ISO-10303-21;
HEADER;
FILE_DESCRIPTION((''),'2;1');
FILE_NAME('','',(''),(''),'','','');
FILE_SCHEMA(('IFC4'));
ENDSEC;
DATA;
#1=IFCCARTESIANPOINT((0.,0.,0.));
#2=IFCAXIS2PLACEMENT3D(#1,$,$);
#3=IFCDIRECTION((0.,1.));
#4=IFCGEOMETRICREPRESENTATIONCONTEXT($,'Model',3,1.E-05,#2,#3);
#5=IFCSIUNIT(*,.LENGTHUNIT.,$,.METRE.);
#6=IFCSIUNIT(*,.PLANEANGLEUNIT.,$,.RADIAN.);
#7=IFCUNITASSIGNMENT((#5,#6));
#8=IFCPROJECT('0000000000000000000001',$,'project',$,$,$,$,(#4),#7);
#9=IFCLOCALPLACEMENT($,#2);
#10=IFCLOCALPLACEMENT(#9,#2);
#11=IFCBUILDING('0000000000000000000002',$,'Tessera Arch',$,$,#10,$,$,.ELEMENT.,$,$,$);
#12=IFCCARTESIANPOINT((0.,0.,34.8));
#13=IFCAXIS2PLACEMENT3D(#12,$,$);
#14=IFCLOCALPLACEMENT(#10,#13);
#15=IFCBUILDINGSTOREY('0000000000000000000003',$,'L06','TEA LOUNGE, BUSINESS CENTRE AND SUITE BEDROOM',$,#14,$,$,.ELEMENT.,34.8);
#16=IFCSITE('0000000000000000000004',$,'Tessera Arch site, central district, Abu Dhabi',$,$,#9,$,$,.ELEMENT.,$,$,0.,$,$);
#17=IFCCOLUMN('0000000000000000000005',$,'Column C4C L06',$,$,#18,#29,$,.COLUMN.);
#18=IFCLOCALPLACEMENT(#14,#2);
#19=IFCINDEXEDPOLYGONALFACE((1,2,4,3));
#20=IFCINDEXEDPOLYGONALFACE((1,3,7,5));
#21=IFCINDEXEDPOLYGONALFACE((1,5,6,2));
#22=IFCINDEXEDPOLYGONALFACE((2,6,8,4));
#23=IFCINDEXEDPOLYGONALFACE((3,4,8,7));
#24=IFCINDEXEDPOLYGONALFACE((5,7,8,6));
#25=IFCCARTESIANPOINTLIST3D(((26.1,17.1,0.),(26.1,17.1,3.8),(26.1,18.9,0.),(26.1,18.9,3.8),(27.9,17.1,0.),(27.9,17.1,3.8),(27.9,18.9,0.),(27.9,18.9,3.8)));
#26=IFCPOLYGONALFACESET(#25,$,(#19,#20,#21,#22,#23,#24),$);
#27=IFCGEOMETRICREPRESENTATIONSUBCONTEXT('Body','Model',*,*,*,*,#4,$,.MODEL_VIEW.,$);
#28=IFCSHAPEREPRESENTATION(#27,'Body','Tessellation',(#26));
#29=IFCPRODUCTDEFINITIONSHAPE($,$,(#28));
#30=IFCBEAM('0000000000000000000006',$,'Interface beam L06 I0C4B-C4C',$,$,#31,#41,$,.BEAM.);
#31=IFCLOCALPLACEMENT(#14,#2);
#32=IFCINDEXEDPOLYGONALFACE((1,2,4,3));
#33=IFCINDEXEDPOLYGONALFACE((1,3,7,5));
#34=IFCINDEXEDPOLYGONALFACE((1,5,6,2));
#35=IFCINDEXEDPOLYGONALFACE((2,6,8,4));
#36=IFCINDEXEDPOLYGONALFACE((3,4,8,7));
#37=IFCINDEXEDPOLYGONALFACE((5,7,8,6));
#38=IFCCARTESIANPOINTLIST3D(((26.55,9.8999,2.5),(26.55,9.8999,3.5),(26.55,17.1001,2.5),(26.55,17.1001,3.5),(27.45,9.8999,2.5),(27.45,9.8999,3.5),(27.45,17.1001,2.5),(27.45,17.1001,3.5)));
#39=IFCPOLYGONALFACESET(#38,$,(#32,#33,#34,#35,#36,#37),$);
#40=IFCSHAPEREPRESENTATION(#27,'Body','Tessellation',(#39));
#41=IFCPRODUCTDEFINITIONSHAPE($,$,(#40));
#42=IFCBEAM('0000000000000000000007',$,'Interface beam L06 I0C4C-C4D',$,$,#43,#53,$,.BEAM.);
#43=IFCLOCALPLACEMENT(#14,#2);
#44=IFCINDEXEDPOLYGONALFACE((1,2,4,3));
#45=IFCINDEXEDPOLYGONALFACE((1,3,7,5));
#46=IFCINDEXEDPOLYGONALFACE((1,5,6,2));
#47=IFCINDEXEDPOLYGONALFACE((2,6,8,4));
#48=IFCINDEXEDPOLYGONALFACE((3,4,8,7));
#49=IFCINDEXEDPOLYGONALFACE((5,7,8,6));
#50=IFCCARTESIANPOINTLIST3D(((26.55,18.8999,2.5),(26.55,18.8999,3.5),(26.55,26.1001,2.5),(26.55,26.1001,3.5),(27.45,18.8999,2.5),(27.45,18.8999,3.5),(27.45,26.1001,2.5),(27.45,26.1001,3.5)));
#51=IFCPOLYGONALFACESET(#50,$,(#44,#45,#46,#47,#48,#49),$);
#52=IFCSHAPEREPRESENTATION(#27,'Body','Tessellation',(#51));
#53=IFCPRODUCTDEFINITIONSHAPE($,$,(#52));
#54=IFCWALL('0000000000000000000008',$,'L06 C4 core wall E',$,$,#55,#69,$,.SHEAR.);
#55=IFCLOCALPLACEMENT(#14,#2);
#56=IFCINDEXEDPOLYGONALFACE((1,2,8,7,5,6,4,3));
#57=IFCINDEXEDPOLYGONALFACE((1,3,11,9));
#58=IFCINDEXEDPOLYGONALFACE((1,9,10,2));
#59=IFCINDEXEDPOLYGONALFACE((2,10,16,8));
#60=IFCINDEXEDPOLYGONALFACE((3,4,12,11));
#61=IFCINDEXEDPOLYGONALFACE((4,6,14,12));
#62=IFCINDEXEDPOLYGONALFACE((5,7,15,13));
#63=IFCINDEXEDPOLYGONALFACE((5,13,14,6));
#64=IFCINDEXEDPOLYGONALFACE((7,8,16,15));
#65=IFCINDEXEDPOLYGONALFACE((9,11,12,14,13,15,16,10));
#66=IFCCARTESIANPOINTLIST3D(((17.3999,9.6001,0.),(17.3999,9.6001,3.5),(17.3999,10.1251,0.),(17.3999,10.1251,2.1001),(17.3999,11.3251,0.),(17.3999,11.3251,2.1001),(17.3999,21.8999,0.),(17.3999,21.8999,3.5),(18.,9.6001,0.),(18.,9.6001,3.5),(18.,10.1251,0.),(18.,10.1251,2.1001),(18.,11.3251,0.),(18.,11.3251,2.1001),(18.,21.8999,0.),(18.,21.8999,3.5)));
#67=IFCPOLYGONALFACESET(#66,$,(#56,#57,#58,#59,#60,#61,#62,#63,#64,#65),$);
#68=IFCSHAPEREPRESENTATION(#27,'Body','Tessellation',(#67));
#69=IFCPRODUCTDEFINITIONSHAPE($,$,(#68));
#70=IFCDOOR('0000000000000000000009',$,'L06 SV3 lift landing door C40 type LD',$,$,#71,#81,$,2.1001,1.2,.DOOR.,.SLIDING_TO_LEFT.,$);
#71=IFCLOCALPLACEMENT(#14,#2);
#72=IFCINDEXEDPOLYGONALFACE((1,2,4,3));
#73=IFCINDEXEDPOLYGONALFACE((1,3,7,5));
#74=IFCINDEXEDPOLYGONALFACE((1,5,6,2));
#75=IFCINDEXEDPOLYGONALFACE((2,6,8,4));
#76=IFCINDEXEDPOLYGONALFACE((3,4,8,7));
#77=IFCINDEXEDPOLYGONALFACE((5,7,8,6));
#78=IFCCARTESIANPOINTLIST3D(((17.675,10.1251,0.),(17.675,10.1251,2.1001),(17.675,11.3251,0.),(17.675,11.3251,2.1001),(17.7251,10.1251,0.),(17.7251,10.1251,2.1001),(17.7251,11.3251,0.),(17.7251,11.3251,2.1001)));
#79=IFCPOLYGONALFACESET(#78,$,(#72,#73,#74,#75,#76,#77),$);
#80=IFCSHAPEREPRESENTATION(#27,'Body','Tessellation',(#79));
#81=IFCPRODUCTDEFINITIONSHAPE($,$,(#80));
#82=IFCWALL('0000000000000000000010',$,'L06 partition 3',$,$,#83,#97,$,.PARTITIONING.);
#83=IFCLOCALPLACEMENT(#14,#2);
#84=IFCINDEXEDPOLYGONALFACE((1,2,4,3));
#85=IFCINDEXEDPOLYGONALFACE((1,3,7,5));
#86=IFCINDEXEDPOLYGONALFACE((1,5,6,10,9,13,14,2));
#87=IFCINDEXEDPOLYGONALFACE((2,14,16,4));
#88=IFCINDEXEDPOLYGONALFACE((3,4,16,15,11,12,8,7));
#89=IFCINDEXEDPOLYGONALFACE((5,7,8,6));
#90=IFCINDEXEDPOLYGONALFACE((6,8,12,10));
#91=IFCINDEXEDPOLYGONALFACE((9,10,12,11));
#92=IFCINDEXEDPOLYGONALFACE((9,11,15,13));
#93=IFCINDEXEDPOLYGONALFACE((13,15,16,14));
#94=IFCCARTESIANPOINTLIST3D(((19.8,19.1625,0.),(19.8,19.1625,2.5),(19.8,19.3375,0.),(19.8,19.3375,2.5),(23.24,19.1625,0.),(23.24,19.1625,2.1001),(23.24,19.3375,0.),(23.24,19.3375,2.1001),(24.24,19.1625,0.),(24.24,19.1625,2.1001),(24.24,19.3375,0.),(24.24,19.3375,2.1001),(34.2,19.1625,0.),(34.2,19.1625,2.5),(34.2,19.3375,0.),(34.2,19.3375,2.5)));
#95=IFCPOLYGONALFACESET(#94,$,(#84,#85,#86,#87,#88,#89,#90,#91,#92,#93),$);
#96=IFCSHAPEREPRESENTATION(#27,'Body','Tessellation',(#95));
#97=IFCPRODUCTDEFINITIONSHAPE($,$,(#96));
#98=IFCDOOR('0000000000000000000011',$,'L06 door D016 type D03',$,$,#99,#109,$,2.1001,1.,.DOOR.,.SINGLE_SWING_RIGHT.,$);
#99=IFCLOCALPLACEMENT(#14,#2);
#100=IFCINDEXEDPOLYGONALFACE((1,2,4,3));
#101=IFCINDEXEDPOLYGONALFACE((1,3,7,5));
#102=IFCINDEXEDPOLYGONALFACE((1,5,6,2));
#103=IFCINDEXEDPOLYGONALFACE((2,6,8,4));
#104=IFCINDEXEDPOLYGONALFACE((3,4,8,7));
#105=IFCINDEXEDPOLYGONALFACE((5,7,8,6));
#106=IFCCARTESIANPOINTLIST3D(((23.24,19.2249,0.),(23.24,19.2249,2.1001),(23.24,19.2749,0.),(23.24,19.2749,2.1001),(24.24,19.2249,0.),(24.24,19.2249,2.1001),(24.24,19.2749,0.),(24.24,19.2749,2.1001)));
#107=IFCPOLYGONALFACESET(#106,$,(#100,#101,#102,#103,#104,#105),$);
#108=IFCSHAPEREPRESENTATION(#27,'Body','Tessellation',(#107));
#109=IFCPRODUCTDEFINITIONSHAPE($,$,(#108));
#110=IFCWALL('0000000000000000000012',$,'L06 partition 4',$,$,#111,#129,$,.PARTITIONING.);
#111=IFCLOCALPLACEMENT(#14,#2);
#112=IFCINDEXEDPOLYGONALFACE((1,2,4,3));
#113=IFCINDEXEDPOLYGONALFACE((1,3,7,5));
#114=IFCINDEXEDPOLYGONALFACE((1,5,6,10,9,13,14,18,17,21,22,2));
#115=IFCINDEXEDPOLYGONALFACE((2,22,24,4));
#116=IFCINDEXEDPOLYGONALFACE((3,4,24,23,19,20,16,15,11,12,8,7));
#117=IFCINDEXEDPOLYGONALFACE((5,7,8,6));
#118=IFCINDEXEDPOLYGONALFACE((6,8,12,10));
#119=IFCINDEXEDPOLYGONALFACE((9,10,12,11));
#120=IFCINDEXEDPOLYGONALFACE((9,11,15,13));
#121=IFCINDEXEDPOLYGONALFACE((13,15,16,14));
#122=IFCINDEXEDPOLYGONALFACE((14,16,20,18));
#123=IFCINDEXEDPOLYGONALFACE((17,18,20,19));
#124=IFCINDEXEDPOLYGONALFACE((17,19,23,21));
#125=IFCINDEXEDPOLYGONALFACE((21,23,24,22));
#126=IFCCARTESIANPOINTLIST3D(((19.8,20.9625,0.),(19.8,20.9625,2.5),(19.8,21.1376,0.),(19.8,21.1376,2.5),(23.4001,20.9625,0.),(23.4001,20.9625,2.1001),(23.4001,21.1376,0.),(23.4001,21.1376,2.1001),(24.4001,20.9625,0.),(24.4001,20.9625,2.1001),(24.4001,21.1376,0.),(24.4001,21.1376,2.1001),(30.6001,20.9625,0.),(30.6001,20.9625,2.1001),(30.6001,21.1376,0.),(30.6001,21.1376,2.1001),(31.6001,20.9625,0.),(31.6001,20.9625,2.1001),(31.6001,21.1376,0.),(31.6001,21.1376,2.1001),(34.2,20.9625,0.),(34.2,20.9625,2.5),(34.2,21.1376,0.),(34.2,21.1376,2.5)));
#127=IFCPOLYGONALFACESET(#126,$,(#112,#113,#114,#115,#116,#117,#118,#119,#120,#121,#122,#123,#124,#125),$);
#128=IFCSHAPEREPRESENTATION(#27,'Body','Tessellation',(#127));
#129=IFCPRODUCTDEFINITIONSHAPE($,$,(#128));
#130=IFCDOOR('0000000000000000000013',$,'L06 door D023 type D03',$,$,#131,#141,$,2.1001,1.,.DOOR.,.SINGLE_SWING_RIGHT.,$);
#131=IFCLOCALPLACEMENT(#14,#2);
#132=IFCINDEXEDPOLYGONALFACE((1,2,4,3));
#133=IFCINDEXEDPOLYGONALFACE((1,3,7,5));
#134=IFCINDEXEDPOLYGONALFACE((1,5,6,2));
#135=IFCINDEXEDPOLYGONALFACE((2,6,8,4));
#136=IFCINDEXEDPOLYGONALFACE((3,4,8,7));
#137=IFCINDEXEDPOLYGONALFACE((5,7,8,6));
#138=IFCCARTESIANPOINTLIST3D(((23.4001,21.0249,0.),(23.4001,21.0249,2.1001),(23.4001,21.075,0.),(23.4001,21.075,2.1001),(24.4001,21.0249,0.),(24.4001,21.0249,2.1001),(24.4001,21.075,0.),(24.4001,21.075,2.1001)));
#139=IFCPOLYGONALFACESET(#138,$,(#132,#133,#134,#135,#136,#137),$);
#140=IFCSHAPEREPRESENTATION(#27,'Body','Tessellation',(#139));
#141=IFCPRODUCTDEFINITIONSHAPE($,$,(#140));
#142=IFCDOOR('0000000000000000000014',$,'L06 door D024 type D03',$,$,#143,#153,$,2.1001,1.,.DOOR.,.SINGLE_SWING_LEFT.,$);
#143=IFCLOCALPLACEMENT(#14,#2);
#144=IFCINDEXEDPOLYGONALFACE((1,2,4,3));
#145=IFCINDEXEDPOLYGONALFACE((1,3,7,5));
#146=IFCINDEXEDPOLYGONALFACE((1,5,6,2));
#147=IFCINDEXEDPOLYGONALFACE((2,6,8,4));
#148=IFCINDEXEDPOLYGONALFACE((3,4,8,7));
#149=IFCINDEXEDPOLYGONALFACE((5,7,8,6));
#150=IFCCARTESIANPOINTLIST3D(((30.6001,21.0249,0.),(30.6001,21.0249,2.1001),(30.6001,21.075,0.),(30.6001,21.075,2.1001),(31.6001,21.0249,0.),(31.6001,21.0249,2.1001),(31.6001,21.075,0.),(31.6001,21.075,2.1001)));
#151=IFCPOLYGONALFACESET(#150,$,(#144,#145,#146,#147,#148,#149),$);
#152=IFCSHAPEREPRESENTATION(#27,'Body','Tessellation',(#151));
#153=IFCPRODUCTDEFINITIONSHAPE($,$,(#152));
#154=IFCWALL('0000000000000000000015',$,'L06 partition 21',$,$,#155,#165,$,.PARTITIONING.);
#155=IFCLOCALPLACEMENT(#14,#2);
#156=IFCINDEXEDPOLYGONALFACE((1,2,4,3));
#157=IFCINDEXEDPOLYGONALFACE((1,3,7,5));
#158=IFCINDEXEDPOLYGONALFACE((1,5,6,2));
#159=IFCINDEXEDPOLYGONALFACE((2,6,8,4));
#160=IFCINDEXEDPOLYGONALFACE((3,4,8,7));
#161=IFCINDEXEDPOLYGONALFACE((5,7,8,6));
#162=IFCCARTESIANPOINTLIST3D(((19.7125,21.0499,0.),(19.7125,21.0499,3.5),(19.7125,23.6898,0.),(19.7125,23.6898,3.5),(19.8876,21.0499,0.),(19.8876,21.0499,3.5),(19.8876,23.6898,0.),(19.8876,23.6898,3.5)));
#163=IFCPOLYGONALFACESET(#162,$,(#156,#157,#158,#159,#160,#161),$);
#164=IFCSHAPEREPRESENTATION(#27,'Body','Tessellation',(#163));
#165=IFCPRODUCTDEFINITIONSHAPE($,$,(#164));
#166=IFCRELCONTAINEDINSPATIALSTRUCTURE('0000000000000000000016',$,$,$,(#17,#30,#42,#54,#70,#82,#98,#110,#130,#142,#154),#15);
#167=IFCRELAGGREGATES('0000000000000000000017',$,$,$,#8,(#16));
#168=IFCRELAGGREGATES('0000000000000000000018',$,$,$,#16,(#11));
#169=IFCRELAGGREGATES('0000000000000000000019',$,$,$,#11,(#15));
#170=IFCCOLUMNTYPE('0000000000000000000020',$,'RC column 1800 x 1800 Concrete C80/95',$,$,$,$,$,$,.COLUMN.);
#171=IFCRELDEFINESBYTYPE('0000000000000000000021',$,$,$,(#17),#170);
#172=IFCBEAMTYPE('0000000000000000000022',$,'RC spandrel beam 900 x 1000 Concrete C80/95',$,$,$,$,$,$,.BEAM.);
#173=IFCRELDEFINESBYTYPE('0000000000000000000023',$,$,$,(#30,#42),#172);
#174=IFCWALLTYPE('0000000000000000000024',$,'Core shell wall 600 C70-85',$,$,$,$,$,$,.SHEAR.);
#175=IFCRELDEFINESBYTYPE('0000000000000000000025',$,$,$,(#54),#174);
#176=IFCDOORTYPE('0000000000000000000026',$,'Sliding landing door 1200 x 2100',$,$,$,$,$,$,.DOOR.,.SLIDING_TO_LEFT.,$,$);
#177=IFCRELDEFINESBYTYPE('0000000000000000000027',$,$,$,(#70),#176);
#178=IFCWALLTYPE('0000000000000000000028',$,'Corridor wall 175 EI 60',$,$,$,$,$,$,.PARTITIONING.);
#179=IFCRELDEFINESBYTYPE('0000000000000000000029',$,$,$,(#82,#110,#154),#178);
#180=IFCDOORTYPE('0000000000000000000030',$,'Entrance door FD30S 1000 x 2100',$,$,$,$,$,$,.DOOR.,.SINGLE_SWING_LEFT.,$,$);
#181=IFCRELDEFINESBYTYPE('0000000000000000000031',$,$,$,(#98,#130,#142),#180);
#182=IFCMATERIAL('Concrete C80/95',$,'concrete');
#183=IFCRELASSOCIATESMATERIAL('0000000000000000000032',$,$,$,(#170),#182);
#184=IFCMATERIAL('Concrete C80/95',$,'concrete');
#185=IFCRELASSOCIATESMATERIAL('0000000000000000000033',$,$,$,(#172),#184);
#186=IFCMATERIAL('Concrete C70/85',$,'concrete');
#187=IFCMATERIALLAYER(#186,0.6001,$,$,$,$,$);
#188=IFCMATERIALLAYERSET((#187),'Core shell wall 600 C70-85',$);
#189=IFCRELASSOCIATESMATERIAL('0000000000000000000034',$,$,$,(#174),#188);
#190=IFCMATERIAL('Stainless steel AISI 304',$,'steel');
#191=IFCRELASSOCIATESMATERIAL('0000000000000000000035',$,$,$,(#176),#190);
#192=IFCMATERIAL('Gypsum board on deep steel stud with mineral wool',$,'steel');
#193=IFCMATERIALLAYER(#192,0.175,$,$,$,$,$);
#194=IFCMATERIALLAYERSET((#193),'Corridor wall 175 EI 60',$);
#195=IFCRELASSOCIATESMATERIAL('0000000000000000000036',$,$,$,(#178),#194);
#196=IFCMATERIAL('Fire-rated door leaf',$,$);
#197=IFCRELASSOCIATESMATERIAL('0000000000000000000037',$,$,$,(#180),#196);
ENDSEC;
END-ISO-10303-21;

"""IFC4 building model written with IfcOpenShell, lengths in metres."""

from ifc_helpers import new_model, si_unit, direction, frame, frame_2d, origin, origin_2d, place, context, subcontext, project, spatial, rectangle, extrude, material, layer, layer_set, material_profile, profile_set, type_object, element, fill, save


model = new_model("IFC4")

# Units and contexts
model_context = context("Model", 3, precision=1e-05, world=origin(), true_north=direction((0.0, 1.0)))
body_context = subcontext(model_context, "Body", "Model", "MODEL_VIEW")
ifc_project = project(units=[si_unit("LENGTHUNIT", "METRE"), si_unit("PLANEANGLEUNIT", "RADIAN")], contexts=[model_context])

# Site, building, storey
site_placement = place(None, origin())
site = spatial("IfcSite", under=ifc_project, at=site_placement, Name="Tessera Arch site, central district, Abu Dhabi", CompositionType="ELEMENT", RefElevation=0.0)
building_placement = place(site_placement, origin())
building = spatial("IfcBuilding", under=site, at=building_placement, Name="Tessera Arch", CompositionType="ELEMENT")
storey_placement = place(building_placement, frame((0.0, 0.0, 34.8)))
storey = spatial("IfcBuildingStorey", under=building, at=storey_placement, Name="L06", Description="TEA LOUNGE, BUSINESS CENTRE AND SUITE BEDROOM", CompositionType="ELEMENT", Elevation=34.8)

# Column
ifc_material_1 = material(Name="Concrete C80/95", Category="concrete")
ifc_material_profile_1 = material_profile(ifc_material_1, rectangle(XDim=1.8, YDim=1.8, at=origin_2d()), Name="RC column 1800 x 1800 Concrete C80/95")
ifc_profile_set_1 = profile_set([ifc_material_profile_1], Name="Concrete C80/95")
column_type = type_object("IfcColumnType", Name="RC column 1800 x 1800 Concrete C80/95", PredefinedType="COLUMN", material=ifc_profile_set_1)
column_placement = place(storey_placement, frame((27.0, 18.0, 0.0), z_axis=(0.0, 0.0, 1.0), x_axis=(1.0, 0.0, 0.0)))
element("IfcColumn", 1, at=column_placement, inside=storey, type_object=column_type, Name="Column C4C L06", PredefinedType="COLUMN", context=body_context, shape_type="SweptSolid", body=[
    extrude(rectangle(XDim=1.8, YDim=1.8, at=origin_2d()), origin(), (0.0, 0.0, 1.0), 3.8),
])

# Beams
ifc_material_2 = material(Name="Concrete C80/95", Category="concrete")
ifc_material_profile_2 = material_profile(ifc_material_2, rectangle(XDim=0.8999, YDim=1.0, at=origin_2d()), Name="RC spandrel beam 900 x 1000 Concrete C80/95")
ifc_profile_set_2 = profile_set([ifc_material_profile_2], Name="Concrete C80/95")
beam_type = type_object("IfcBeamType", Name="RC spandrel beam 900 x 1000 Concrete C80/95", PredefinedType="BEAM", material=ifc_profile_set_2)
for number, where, z_axis, x_axis, name in (
    (2, (27.0, 9.8999, 3.0), (0.0, 1.0, 0.0), (-1.0, 0.0, 0.0), "Interface beam L06 I0C4B-C4C"),
    (3, (27.0, 18.8999, 3.0), (0.0, 1.0, 0.0), (-1.0, 0.0, 0.0), "Interface beam L06 I0C4C-C4D"),
):
    element("IfcBeam", number, at=place(storey_placement, frame(where, z_axis=z_axis, x_axis=x_axis)), inside=storey, type_object=beam_type, Name=name, PredefinedType="BEAM", context=body_context, shape_type="SweptSolid", body=[
        extrude(rectangle(XDim=0.8999, YDim=1.0, at=origin_2d()), origin(), (0.0, 0.0, 1.0), 7.2002),
    ])

# Walls, openings, doors
ifc_material_3 = material(Name="Concrete C70/85", Category="concrete")
ifc_layer_1 = layer(ifc_material_3, 0.6001)
ifc_layer_set_1 = layer_set([ifc_layer_1], Name="Core shell wall 600 C70-85")
wall_type_1 = type_object("IfcWallType", Name="Core shell wall 600 C70-85", PredefinedType="SHEAR", material=ifc_layer_set_1)
wall_1_placement = place(storey_placement, frame((17.7, 9.6001, 0.0), z_axis=(0.0, 0.0, 1.0), x_axis=(0.0, 1.0, 0.0)))
wall_1 = element("IfcWall", 4, at=wall_1_placement, inside=storey, type_object=wall_type_1, Name="L06 C4 core wall E", PredefinedType="SHEAR", context=body_context, shape_type="SweptSolid", body=[
    extrude(rectangle(XDim=12.2998, YDim=0.6001, at=frame_2d((6.1499, 0.0))), origin(), (0.0, 0.0, 1.0), 3.5),
])
opening_1_placement = place(wall_1_placement, frame((0.5249, 0.0, 0.0)))
opening_1 = element("IfcOpeningElement", 5, at=opening_1_placement, cuts=wall_1, PredefinedType="OPENING", context=body_context, shape_type="SweptSolid", body=[
    extrude(rectangle(XDim=1.2, YDim=2.1001, at=frame_2d((0.6001, 1.05))), frame((0.0, 0.3101, 0.0), z_axis=(0.0, -1.0, 0.0), x_axis=(1.0, 0.0, 0.0)), (0.0, 0.0, 1.0), 0.6201),
])
ifc_material_4 = material(Name="Stainless steel AISI 304", Category="steel")
door_type_1 = type_object("IfcDoorType", Name="Sliding landing door 1200 x 2100", OperationType="SLIDING_TO_LEFT", PredefinedType="DOOR", material=ifc_material_4)
door_1_placement = place(opening_1_placement, origin())
door_1 = element("IfcDoor", 6, at=door_1_placement, inside=storey, type_object=door_type_1, Name="L06 SV3 lift landing door C40 type LD", OperationType="SLIDING_TO_LEFT", OverallHeight=2.1001, OverallWidth=1.2, PredefinedType="DOOR", context=body_context, shape_type="SweptSolid", body=[
    extrude(rectangle(XDim=1.2, YDim=2.1001, at=frame_2d((0.6001, 1.05))), frame((0.0, 0.0249, 0.0), z_axis=(0.0, -1.0, 0.0), x_axis=(1.0, 0.0, 0.0)), (0.0, 0.0, 1.0), 0.05),
])
fill(opening_1, door_1)
ifc_material_5 = material(Name="Gypsum board on deep steel stud with mineral wool", Category="steel")
ifc_layer_2 = layer(ifc_material_5, 0.175)
ifc_layer_set_2 = layer_set([ifc_layer_2], Name="Corridor wall 175 EI 60")
wall_type_2 = type_object("IfcWallType", Name="Corridor wall 175 EI 60", PredefinedType="PARTITIONING", material=ifc_layer_set_2)
wall_2_placement = place(storey_placement, frame((19.8, 19.25, 0.0), z_axis=(0.0, 0.0, 1.0), x_axis=(1.0, 0.0, 0.0)))
wall_2 = element("IfcWall", 7, at=wall_2_placement, inside=storey, type_object=wall_type_2, Name="L06 partition 3", PredefinedType="PARTITIONING", context=body_context, shape_type="SweptSolid", body=[
    extrude(rectangle(XDim=14.3999, YDim=0.175, at=frame_2d((7.2, 0.0))), origin(), (0.0, 0.0, 1.0), 2.5),
])
opening_2_placement = place(wall_2_placement, frame((3.4399, 0.0, 0.0)))
opening_2 = element("IfcOpeningElement", 8, at=opening_2_placement, cuts=wall_2, PredefinedType="OPENING", context=body_context, shape_type="SweptSolid", body=[
    extrude(rectangle(XDim=1.0, YDim=2.1001, at=frame_2d((0.5, 1.05))), frame((0.0, 0.0974, 0.0), z_axis=(0.0, -1.0, 0.0), x_axis=(1.0, 0.0, 0.0)), (0.0, 0.0, 1.0), 0.1951),
])
ifc_material_6 = material(Name="Fire-rated door leaf")
door_type_2 = type_object("IfcDoorType", Name="Entrance door FD30S 1000 x 2100", OperationType="SINGLE_SWING_LEFT", PredefinedType="DOOR", material=ifc_material_6)
door_2_placement = place(opening_2_placement, origin())
door_2 = element("IfcDoor", 9, at=door_2_placement, inside=storey, type_object=door_type_2, Name="L06 door D016 type D03", OperationType="SINGLE_SWING_RIGHT", OverallHeight=2.1001, OverallWidth=1.0, PredefinedType="DOOR", context=body_context, shape_type="SweptSolid", body=[
    extrude(rectangle(XDim=1.0, YDim=2.1001, at=frame_2d((0.5, 1.05))), frame((0.0, 0.0249, 0.0), z_axis=(0.0, -1.0, 0.0), x_axis=(1.0, 0.0, 0.0)), (0.0, 0.0, 1.0), 0.05),
])
fill(opening_2, door_2)

# Wall, openings, doors
wall_3_placement = place(storey_placement, frame((19.8, 21.05, 0.0), z_axis=(0.0, 0.0, 1.0), x_axis=(1.0, 0.0, 0.0)))
wall_3 = element("IfcWall", 10, at=wall_3_placement, inside=storey, type_object=wall_type_2, Name="L06 partition 4", PredefinedType="PARTITIONING", context=body_context, shape_type="SweptSolid", body=[
    extrude(rectangle(XDim=14.3999, YDim=0.175, at=frame_2d((7.2, 0.0))), origin(), (0.0, 0.0, 1.0), 2.5),
])
opening_3_placement = place(wall_3_placement, frame((3.6001, 0.0, 0.0)))
opening_3 = element("IfcOpeningElement", 11, at=opening_3_placement, cuts=wall_3, PredefinedType="OPENING", context=body_context, shape_type="SweptSolid", body=[
    extrude(rectangle(XDim=1.0, YDim=2.1001, at=frame_2d((0.5, 1.05))), frame((0.0, 0.0974, 0.0), z_axis=(0.0, -1.0, 0.0), x_axis=(1.0, 0.0, 0.0)), (0.0, 0.0, 1.0), 0.1951),
])
opening_4_placement = place(wall_3_placement, frame((10.8, 0.0, 0.0)))
opening_4 = element("IfcOpeningElement", 12, at=opening_4_placement, cuts=wall_3, PredefinedType="OPENING", context=body_context, shape_type="SweptSolid", body=[
    extrude(rectangle(XDim=1.0, YDim=2.1001, at=frame_2d((0.5, 1.05))), frame((0.0, 0.0974, 0.0), z_axis=(0.0, -1.0, 0.0), x_axis=(1.0, 0.0, 0.0)), (0.0, 0.0, 1.0), 0.1951),
])
door_3_placement = place(opening_3_placement, origin())
door_3 = element("IfcDoor", 13, at=door_3_placement, inside=storey, type_object=door_type_2, Name="L06 door D023 type D03", OperationType="SINGLE_SWING_RIGHT", OverallHeight=2.1001, OverallWidth=1.0, PredefinedType="DOOR", context=body_context, shape_type="SweptSolid", body=[
    extrude(rectangle(XDim=1.0, YDim=2.1001, at=frame_2d((0.5, 1.05))), frame((0.0, 0.0249, 0.0), z_axis=(0.0, -1.0, 0.0), x_axis=(1.0, 0.0, 0.0)), (0.0, 0.0, 1.0), 0.05),
])
fill(opening_3, door_3)
door_4_placement = place(opening_4_placement, origin())
door_4 = element("IfcDoor", 14, at=door_4_placement, inside=storey, type_object=door_type_2, Name="L06 door D024 type D03", OperationType="SINGLE_SWING_LEFT", OverallHeight=2.1001, OverallWidth=1.0, PredefinedType="DOOR", context=body_context, shape_type="SweptSolid", body=[
    extrude(rectangle(XDim=1.0, YDim=2.1001, at=frame_2d((0.5, 1.05))), frame((0.0, 0.0249, 0.0), z_axis=(0.0, -1.0, 0.0), x_axis=(1.0, 0.0, 0.0)), (0.0, 0.0, 1.0), 0.05),
])
fill(opening_4, door_4)

# Wall
wall_4_placement = place(storey_placement, frame((19.8, 21.05, 0.0), z_axis=(0.0, 0.0, 1.0), x_axis=(0.0, 1.0, 0.0)))
element("IfcWall", 15, at=wall_4_placement, inside=storey, type_object=wall_type_2, Name="L06 partition 21", PredefinedType="PARTITIONING", context=body_context, shape_type="SweptSolid", body=[
    extrude(rectangle(XDim=2.6399, YDim=0.175, at=frame_2d((1.3198, 0.0))), origin(), (0.0, 0.0, 1.0), 3.5),
])

save(model, "model.ifc")
